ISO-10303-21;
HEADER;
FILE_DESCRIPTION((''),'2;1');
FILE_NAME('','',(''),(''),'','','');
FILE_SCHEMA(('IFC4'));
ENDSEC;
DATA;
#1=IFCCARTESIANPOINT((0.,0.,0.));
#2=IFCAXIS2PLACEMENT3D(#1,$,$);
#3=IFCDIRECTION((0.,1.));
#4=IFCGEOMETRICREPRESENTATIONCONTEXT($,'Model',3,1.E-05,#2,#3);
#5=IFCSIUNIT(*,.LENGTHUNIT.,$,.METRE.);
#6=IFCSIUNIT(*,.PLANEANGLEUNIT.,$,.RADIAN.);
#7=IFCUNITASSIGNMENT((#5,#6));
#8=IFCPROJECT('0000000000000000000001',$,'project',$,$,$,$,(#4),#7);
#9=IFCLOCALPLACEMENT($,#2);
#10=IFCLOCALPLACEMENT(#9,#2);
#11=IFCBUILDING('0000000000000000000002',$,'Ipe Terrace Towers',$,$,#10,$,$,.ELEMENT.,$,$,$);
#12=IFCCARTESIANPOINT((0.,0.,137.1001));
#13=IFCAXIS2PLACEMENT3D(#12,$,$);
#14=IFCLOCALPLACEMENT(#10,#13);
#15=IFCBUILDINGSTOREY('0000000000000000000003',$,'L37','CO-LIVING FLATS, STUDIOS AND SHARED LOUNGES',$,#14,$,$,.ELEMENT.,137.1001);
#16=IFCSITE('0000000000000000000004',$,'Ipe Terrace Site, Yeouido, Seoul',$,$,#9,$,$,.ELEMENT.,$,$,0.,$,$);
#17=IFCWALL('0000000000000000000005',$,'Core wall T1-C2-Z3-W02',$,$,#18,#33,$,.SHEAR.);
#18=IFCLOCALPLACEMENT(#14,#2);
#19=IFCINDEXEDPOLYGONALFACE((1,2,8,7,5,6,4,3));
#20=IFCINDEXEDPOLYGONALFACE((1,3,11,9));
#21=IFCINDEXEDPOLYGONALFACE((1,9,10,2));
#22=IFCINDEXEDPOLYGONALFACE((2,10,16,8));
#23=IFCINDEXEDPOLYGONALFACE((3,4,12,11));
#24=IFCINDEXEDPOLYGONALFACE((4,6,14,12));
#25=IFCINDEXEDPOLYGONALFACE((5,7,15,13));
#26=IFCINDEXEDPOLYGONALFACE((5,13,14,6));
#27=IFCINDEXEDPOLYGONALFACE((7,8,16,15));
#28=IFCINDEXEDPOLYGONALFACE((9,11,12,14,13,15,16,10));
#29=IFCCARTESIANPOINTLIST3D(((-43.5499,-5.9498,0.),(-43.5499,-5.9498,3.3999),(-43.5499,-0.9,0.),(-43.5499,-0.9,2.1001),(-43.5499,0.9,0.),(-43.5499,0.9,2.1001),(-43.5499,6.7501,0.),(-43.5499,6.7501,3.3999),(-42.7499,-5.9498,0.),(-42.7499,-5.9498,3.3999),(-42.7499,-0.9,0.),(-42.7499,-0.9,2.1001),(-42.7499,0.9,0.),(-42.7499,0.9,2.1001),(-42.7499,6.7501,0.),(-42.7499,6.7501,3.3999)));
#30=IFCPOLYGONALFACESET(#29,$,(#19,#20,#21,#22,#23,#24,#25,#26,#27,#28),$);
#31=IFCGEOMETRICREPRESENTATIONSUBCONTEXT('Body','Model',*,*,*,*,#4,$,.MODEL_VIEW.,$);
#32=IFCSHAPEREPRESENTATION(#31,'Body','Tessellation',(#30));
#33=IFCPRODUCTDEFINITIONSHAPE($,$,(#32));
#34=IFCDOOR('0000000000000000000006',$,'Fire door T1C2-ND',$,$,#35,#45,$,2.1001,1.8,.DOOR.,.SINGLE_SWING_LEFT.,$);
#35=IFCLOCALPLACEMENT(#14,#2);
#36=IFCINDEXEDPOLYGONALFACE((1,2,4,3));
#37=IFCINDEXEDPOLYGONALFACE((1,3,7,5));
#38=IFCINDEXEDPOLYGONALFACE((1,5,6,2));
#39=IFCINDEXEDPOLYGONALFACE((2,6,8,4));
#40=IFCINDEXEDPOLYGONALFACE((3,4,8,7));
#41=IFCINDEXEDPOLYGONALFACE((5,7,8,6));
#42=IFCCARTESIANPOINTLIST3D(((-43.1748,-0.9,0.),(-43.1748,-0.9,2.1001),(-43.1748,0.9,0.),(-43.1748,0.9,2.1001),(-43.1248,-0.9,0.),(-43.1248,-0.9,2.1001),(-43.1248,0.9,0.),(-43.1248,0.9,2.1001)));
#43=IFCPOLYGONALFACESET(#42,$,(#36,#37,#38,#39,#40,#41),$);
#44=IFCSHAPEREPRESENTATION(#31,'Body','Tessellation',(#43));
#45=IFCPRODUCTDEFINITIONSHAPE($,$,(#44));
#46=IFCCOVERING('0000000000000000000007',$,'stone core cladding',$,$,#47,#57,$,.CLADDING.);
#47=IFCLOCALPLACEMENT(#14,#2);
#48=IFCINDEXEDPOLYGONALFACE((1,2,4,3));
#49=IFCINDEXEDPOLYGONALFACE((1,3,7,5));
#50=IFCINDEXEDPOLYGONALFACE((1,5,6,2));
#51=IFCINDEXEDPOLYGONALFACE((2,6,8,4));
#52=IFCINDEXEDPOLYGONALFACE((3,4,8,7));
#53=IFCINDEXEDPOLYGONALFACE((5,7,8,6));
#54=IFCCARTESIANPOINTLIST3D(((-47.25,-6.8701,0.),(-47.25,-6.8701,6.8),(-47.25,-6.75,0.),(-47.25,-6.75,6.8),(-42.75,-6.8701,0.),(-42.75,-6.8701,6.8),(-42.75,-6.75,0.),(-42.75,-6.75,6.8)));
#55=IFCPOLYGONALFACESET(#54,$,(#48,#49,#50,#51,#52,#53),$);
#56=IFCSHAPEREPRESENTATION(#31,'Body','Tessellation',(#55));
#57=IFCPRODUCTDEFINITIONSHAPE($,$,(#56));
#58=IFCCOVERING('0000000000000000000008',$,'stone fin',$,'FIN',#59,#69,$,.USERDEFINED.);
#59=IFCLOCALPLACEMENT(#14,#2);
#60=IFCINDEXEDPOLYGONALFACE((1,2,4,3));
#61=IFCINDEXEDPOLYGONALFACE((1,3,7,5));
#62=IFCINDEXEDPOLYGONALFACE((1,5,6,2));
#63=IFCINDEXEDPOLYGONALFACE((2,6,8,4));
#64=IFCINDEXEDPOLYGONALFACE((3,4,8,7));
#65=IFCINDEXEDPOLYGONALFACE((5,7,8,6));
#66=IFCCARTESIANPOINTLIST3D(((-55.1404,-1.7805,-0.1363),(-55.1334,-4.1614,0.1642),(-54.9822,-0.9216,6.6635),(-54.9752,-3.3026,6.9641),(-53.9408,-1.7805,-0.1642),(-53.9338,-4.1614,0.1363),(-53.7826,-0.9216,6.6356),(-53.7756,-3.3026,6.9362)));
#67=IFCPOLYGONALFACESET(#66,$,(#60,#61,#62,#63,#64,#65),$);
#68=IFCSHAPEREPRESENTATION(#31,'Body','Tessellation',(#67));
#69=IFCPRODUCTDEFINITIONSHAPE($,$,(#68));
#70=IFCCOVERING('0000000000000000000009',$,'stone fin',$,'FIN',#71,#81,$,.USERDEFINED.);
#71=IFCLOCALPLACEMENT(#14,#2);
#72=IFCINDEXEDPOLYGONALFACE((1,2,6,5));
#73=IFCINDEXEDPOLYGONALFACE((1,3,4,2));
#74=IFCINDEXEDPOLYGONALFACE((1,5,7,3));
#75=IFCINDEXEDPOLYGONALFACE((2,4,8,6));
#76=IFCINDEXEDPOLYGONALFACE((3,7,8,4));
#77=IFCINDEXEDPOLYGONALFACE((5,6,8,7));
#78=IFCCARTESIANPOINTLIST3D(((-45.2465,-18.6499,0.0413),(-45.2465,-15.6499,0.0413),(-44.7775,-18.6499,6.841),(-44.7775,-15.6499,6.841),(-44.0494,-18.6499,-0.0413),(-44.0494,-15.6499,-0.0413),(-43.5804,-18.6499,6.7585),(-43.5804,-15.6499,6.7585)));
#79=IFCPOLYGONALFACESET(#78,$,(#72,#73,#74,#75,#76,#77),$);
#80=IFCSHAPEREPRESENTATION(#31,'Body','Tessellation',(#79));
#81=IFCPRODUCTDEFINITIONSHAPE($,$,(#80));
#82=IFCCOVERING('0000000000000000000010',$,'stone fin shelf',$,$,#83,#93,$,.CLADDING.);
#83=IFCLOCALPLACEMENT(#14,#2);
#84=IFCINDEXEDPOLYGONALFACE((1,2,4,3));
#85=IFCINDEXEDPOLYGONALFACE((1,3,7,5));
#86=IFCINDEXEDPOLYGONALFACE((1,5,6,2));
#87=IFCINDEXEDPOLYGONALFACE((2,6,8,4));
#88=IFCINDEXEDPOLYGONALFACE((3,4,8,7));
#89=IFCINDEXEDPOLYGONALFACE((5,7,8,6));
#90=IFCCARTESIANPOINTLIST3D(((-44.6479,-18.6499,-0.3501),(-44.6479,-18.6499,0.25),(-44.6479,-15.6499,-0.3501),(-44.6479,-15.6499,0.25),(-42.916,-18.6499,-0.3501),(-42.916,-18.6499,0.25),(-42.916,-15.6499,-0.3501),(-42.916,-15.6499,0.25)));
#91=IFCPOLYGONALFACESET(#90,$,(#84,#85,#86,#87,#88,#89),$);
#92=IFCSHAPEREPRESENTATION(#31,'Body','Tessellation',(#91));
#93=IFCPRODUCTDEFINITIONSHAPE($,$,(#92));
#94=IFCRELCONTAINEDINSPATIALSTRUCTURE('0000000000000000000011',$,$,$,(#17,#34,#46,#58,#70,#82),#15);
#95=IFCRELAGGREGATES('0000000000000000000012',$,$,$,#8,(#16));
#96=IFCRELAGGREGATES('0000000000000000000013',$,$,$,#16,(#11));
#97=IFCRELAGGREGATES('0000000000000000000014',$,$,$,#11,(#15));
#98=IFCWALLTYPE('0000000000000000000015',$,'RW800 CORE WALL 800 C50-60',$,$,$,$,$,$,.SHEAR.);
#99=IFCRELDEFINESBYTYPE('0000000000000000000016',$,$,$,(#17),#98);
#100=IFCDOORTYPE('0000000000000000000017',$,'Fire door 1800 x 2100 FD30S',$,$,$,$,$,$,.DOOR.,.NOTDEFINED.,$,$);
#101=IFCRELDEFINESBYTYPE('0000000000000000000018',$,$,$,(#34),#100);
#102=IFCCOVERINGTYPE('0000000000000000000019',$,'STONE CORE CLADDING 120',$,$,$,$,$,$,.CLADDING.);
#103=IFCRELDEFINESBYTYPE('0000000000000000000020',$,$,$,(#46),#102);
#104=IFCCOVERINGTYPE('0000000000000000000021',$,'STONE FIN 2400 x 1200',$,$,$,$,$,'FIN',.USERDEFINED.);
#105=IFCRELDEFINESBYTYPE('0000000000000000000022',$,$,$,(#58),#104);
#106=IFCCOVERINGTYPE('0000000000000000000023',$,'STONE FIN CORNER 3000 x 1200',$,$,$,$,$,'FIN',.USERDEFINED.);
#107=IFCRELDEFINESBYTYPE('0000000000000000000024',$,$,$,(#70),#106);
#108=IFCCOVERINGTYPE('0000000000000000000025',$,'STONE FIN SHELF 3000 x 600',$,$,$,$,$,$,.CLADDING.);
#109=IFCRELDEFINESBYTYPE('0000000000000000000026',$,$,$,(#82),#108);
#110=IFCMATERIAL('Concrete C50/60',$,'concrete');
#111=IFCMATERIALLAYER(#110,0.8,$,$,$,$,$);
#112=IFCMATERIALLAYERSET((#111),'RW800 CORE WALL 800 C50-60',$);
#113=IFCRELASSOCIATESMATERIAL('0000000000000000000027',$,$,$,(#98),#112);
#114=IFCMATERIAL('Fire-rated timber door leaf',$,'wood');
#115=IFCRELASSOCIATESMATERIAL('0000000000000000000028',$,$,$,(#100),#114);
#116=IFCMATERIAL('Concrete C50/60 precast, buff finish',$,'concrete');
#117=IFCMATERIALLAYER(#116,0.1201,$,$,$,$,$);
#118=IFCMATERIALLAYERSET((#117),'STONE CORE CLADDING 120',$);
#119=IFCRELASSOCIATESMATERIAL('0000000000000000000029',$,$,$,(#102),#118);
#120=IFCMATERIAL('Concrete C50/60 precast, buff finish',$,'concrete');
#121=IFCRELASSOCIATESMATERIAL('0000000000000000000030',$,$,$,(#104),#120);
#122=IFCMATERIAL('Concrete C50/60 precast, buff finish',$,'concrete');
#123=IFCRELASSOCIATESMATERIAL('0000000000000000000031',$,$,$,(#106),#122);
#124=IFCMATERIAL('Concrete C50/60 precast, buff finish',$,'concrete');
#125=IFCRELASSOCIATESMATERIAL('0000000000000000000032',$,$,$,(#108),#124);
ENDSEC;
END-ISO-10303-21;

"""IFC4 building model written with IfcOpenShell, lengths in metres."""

from ifc_helpers import new_model, si_unit, direction, frame, frame_2d, origin, origin_2d, place, context, subcontext, project, spatial, rectangle, extrude, material, layer, layer_set, material_profile, profile_set, type_object, element, fill, save


model = new_model("IFC4")

# Units and contexts
model_context = context("Model", 3, precision=1e-05, world=origin(), true_north=direction((0.0, 1.0)))
body_context = subcontext(model_context, "Body", "Model", "MODEL_VIEW")
ifc_project = project(units=[si_unit("LENGTHUNIT", "METRE"), si_unit("PLANEANGLEUNIT", "RADIAN")], contexts=[model_context])

# Site, building, storey
site_placement = place(None, origin())
site = spatial("IfcSite", under=ifc_project, at=site_placement, Name="Ipe Terrace Site, Yeouido, Seoul", CompositionType="ELEMENT", RefElevation=0.0)
building_placement = place(site_placement, origin())
building = spatial("IfcBuilding", under=site, at=building_placement, Name="Ipe Terrace Towers", CompositionType="ELEMENT")
storey_placement = place(building_placement, frame((0.0, 0.0, 137.1001)))
storey = spatial("IfcBuildingStorey", under=building, at=storey_placement, Name="L37", Description="CO-LIVING FLATS, STUDIOS AND SHARED LOUNGES", CompositionType="ELEMENT", Elevation=137.1001)

# Shared definitions
ifc_material_1 = material(Name="Concrete C50/60", Category="concrete")
ifc_layer_1 = layer(ifc_material_1, 0.8)
ifc_layer_set_1 = layer_set([ifc_layer_1], Name="RW800 CORE WALL 800 C50-60")
wall_type_1 = type_object("IfcWallType", Name="RW800 CORE WALL 800 C50-60", PredefinedType="SHEAR", material=ifc_layer_set_1)

# Wall, opening, door
wall_1_placement = place(storey_placement, frame((-43.1499, -5.95, 0.0), z_axis=(0.0, 0.0, 1.0), x_axis=(0.0, 1.0, 0.0)))
wall_1 = element("IfcWall", 1, at=wall_1_placement, inside=storey, type_object=wall_type_1, Name="Core wall T1-C2-Z3-W02", PredefinedType="SHEAR", context=body_context, shape_type="SweptSolid", body=[
    extrude(rectangle(XDim=12.7, YDim=0.8, at=frame_2d((6.3501, 0.0))), origin(), (0.0, 0.0, 1.0), 3.3999),
])
opening_1_placement = place(wall_1_placement, frame((5.05, 0.0, 0.0)))
opening_1 = element("IfcOpeningElement", 2, at=opening_1_placement, cuts=wall_1, PredefinedType="OPENING", context=body_context, shape_type="SweptSolid", body=[
    extrude(rectangle(XDim=1.8, YDim=2.1001, at=frame_2d((0.8999, 1.05))), frame((0.0, 0.4102, 0.0), z_axis=(0.0, -1.0, 0.0), x_axis=(1.0, 0.0, 0.0)), (0.0, 0.0, 1.0), 0.8201),
])
ifc_material_2 = material(Name="Fire-rated timber door leaf", Category="wood")
door_type_1 = type_object("IfcDoorType", Name="Fire door 1800 x 2100 FD30S", OperationType="NOTDEFINED", PredefinedType="DOOR", material=ifc_material_2)
door_1_placement = place(opening_1_placement, origin())
door_1 = element("IfcDoor", 3, at=door_1_placement, inside=storey, type_object=door_type_1, Name="Fire door T1C2-ND", OperationType="SINGLE_SWING_LEFT", OverallHeight=2.1001, OverallWidth=1.8, PredefinedType="DOOR", context=body_context, shape_type="SweptSolid", body=[
    extrude(rectangle(XDim=1.8, YDim=2.1001, at=frame_2d((0.8999, 1.05))), frame((0.0, 0.0249, 0.0), z_axis=(0.0, -1.0, 0.0), x_axis=(1.0, 0.0, 0.0)), (0.0, 0.0, 1.0), 0.05),
])
fill(opening_1, door_1)

# Coverings
ifc_material_3 = material(Name="Concrete C50/60 precast, buff finish", Category="concrete")
ifc_layer_2 = layer(ifc_material_3, 0.1201)
ifc_layer_set_2 = layer_set([ifc_layer_2], Name="STONE CORE CLADDING 120")
covering_type_1 = type_object("IfcCoveringType", Name="STONE CORE CLADDING 120", PredefinedType="CLADDING", material=ifc_layer_set_2)
covering_1_placement = place(storey_placement, frame((-45.0, -6.8101, 0.0), z_axis=(0.0, 0.0, 1.0), x_axis=(1.0, 0.0, 0.0)))
element("IfcCovering", 4, at=covering_1_placement, inside=storey, type_object=covering_type_1, Name="stone core cladding", PredefinedType="CLADDING", context=body_context, shape_type="SweptSolid", body=[
    extrude(rectangle(XDim=4.5, YDim=0.1201, at=origin_2d()), origin(), (0.0, 0.0, 1.0), 6.8),
])
ifc_material_4 = material(Name="Concrete C50/60 precast, buff finish", Category="concrete")
ifc_material_profile_1 = material_profile(ifc_material_4, rectangle(XDim=2.3999, YDim=1.2, at=origin_2d()), Name="STONE FIN 2400 x 1200")
ifc_profile_set_1 = profile_set([ifc_material_profile_1], Name="Concrete C50/60 precast, buff finish")
covering_type_2 = type_object("IfcCoveringType", Name="STONE FIN 2400 x 1200", ElementType="FIN", PredefinedType="USERDEFINED", material=ifc_profile_set_1)
covering_2_placement = place(storey_placement, frame((-54.5371, -2.9709, 0.0), z_axis=(0.023076, 0.125281, 0.991853), x_axis=(0.002914, -0.992121, 0.125248)))
element("IfcCovering", 5, at=covering_2_placement, inside=storey, type_object=covering_type_2, Name="stone fin", ObjectType="FIN", PredefinedType="USERDEFINED", context=body_context, shape_type="SweptSolid", body=[
    extrude(rectangle(XDim=2.3999, YDim=1.2, at=origin_2d()), origin(), (0.0, 0.0, 1.0), 6.8557),
])
ifc_material_5 = material(Name="Concrete C50/60 precast, buff finish", Category="concrete")
ifc_material_profile_2 = material_profile(ifc_material_5, rectangle(XDim=3.0, YDim=1.2, at=origin_2d()), Name="STONE FIN CORNER 3000 x 1200")
ifc_profile_set_2 = profile_set([ifc_material_profile_2], Name="Concrete C50/60 precast, buff finish")
covering_type_3 = type_object("IfcCoveringType", Name="STONE FIN CORNER 3000 x 1200", ElementType="FIN", PredefinedType="USERDEFINED", material=ifc_profile_set_2)
covering_3_placement = place(storey_placement, frame((-44.6479, -17.1499, 0.0), z_axis=(0.068808, 0.0, 0.99763), x_axis=(0.0, -1.0, 0.0)))
element("IfcCovering", 6, at=covering_3_placement, inside=storey, type_object=covering_type_3, Name="stone fin", ObjectType="FIN", PredefinedType="USERDEFINED", context=body_context, shape_type="SweptSolid", body=[
    extrude(rectangle(XDim=3.0, YDim=1.2, at=origin_2d()), origin(), (0.0, 0.0, 1.0), 6.8159),
])
ifc_material_6 = material(Name="Concrete C50/60 precast, buff finish", Category="concrete")
covering_type_4 = type_object("IfcCoveringType", Name="STONE FIN SHELF 3000 x 600", PredefinedType="CLADDING", material=ifc_material_6)
covering_4_placement = place(storey_placement, frame((-43.782, -17.1499, -0.3501), z_axis=(0.0, 0.0, 1.0), x_axis=(0.0, -1.0, 0.0)))
element("IfcCovering", 7, at=covering_4_placement, inside=storey, type_object=covering_type_4, Name="stone fin shelf", PredefinedType="CLADDING", context=body_context, shape_type="SweptSolid", body=[
    extrude(rectangle(XDim=3.0, YDim=1.7319, at=origin_2d()), origin(), (0.0, 0.0, 1.0), 0.6001),
])

save(model, "model.ifc")
